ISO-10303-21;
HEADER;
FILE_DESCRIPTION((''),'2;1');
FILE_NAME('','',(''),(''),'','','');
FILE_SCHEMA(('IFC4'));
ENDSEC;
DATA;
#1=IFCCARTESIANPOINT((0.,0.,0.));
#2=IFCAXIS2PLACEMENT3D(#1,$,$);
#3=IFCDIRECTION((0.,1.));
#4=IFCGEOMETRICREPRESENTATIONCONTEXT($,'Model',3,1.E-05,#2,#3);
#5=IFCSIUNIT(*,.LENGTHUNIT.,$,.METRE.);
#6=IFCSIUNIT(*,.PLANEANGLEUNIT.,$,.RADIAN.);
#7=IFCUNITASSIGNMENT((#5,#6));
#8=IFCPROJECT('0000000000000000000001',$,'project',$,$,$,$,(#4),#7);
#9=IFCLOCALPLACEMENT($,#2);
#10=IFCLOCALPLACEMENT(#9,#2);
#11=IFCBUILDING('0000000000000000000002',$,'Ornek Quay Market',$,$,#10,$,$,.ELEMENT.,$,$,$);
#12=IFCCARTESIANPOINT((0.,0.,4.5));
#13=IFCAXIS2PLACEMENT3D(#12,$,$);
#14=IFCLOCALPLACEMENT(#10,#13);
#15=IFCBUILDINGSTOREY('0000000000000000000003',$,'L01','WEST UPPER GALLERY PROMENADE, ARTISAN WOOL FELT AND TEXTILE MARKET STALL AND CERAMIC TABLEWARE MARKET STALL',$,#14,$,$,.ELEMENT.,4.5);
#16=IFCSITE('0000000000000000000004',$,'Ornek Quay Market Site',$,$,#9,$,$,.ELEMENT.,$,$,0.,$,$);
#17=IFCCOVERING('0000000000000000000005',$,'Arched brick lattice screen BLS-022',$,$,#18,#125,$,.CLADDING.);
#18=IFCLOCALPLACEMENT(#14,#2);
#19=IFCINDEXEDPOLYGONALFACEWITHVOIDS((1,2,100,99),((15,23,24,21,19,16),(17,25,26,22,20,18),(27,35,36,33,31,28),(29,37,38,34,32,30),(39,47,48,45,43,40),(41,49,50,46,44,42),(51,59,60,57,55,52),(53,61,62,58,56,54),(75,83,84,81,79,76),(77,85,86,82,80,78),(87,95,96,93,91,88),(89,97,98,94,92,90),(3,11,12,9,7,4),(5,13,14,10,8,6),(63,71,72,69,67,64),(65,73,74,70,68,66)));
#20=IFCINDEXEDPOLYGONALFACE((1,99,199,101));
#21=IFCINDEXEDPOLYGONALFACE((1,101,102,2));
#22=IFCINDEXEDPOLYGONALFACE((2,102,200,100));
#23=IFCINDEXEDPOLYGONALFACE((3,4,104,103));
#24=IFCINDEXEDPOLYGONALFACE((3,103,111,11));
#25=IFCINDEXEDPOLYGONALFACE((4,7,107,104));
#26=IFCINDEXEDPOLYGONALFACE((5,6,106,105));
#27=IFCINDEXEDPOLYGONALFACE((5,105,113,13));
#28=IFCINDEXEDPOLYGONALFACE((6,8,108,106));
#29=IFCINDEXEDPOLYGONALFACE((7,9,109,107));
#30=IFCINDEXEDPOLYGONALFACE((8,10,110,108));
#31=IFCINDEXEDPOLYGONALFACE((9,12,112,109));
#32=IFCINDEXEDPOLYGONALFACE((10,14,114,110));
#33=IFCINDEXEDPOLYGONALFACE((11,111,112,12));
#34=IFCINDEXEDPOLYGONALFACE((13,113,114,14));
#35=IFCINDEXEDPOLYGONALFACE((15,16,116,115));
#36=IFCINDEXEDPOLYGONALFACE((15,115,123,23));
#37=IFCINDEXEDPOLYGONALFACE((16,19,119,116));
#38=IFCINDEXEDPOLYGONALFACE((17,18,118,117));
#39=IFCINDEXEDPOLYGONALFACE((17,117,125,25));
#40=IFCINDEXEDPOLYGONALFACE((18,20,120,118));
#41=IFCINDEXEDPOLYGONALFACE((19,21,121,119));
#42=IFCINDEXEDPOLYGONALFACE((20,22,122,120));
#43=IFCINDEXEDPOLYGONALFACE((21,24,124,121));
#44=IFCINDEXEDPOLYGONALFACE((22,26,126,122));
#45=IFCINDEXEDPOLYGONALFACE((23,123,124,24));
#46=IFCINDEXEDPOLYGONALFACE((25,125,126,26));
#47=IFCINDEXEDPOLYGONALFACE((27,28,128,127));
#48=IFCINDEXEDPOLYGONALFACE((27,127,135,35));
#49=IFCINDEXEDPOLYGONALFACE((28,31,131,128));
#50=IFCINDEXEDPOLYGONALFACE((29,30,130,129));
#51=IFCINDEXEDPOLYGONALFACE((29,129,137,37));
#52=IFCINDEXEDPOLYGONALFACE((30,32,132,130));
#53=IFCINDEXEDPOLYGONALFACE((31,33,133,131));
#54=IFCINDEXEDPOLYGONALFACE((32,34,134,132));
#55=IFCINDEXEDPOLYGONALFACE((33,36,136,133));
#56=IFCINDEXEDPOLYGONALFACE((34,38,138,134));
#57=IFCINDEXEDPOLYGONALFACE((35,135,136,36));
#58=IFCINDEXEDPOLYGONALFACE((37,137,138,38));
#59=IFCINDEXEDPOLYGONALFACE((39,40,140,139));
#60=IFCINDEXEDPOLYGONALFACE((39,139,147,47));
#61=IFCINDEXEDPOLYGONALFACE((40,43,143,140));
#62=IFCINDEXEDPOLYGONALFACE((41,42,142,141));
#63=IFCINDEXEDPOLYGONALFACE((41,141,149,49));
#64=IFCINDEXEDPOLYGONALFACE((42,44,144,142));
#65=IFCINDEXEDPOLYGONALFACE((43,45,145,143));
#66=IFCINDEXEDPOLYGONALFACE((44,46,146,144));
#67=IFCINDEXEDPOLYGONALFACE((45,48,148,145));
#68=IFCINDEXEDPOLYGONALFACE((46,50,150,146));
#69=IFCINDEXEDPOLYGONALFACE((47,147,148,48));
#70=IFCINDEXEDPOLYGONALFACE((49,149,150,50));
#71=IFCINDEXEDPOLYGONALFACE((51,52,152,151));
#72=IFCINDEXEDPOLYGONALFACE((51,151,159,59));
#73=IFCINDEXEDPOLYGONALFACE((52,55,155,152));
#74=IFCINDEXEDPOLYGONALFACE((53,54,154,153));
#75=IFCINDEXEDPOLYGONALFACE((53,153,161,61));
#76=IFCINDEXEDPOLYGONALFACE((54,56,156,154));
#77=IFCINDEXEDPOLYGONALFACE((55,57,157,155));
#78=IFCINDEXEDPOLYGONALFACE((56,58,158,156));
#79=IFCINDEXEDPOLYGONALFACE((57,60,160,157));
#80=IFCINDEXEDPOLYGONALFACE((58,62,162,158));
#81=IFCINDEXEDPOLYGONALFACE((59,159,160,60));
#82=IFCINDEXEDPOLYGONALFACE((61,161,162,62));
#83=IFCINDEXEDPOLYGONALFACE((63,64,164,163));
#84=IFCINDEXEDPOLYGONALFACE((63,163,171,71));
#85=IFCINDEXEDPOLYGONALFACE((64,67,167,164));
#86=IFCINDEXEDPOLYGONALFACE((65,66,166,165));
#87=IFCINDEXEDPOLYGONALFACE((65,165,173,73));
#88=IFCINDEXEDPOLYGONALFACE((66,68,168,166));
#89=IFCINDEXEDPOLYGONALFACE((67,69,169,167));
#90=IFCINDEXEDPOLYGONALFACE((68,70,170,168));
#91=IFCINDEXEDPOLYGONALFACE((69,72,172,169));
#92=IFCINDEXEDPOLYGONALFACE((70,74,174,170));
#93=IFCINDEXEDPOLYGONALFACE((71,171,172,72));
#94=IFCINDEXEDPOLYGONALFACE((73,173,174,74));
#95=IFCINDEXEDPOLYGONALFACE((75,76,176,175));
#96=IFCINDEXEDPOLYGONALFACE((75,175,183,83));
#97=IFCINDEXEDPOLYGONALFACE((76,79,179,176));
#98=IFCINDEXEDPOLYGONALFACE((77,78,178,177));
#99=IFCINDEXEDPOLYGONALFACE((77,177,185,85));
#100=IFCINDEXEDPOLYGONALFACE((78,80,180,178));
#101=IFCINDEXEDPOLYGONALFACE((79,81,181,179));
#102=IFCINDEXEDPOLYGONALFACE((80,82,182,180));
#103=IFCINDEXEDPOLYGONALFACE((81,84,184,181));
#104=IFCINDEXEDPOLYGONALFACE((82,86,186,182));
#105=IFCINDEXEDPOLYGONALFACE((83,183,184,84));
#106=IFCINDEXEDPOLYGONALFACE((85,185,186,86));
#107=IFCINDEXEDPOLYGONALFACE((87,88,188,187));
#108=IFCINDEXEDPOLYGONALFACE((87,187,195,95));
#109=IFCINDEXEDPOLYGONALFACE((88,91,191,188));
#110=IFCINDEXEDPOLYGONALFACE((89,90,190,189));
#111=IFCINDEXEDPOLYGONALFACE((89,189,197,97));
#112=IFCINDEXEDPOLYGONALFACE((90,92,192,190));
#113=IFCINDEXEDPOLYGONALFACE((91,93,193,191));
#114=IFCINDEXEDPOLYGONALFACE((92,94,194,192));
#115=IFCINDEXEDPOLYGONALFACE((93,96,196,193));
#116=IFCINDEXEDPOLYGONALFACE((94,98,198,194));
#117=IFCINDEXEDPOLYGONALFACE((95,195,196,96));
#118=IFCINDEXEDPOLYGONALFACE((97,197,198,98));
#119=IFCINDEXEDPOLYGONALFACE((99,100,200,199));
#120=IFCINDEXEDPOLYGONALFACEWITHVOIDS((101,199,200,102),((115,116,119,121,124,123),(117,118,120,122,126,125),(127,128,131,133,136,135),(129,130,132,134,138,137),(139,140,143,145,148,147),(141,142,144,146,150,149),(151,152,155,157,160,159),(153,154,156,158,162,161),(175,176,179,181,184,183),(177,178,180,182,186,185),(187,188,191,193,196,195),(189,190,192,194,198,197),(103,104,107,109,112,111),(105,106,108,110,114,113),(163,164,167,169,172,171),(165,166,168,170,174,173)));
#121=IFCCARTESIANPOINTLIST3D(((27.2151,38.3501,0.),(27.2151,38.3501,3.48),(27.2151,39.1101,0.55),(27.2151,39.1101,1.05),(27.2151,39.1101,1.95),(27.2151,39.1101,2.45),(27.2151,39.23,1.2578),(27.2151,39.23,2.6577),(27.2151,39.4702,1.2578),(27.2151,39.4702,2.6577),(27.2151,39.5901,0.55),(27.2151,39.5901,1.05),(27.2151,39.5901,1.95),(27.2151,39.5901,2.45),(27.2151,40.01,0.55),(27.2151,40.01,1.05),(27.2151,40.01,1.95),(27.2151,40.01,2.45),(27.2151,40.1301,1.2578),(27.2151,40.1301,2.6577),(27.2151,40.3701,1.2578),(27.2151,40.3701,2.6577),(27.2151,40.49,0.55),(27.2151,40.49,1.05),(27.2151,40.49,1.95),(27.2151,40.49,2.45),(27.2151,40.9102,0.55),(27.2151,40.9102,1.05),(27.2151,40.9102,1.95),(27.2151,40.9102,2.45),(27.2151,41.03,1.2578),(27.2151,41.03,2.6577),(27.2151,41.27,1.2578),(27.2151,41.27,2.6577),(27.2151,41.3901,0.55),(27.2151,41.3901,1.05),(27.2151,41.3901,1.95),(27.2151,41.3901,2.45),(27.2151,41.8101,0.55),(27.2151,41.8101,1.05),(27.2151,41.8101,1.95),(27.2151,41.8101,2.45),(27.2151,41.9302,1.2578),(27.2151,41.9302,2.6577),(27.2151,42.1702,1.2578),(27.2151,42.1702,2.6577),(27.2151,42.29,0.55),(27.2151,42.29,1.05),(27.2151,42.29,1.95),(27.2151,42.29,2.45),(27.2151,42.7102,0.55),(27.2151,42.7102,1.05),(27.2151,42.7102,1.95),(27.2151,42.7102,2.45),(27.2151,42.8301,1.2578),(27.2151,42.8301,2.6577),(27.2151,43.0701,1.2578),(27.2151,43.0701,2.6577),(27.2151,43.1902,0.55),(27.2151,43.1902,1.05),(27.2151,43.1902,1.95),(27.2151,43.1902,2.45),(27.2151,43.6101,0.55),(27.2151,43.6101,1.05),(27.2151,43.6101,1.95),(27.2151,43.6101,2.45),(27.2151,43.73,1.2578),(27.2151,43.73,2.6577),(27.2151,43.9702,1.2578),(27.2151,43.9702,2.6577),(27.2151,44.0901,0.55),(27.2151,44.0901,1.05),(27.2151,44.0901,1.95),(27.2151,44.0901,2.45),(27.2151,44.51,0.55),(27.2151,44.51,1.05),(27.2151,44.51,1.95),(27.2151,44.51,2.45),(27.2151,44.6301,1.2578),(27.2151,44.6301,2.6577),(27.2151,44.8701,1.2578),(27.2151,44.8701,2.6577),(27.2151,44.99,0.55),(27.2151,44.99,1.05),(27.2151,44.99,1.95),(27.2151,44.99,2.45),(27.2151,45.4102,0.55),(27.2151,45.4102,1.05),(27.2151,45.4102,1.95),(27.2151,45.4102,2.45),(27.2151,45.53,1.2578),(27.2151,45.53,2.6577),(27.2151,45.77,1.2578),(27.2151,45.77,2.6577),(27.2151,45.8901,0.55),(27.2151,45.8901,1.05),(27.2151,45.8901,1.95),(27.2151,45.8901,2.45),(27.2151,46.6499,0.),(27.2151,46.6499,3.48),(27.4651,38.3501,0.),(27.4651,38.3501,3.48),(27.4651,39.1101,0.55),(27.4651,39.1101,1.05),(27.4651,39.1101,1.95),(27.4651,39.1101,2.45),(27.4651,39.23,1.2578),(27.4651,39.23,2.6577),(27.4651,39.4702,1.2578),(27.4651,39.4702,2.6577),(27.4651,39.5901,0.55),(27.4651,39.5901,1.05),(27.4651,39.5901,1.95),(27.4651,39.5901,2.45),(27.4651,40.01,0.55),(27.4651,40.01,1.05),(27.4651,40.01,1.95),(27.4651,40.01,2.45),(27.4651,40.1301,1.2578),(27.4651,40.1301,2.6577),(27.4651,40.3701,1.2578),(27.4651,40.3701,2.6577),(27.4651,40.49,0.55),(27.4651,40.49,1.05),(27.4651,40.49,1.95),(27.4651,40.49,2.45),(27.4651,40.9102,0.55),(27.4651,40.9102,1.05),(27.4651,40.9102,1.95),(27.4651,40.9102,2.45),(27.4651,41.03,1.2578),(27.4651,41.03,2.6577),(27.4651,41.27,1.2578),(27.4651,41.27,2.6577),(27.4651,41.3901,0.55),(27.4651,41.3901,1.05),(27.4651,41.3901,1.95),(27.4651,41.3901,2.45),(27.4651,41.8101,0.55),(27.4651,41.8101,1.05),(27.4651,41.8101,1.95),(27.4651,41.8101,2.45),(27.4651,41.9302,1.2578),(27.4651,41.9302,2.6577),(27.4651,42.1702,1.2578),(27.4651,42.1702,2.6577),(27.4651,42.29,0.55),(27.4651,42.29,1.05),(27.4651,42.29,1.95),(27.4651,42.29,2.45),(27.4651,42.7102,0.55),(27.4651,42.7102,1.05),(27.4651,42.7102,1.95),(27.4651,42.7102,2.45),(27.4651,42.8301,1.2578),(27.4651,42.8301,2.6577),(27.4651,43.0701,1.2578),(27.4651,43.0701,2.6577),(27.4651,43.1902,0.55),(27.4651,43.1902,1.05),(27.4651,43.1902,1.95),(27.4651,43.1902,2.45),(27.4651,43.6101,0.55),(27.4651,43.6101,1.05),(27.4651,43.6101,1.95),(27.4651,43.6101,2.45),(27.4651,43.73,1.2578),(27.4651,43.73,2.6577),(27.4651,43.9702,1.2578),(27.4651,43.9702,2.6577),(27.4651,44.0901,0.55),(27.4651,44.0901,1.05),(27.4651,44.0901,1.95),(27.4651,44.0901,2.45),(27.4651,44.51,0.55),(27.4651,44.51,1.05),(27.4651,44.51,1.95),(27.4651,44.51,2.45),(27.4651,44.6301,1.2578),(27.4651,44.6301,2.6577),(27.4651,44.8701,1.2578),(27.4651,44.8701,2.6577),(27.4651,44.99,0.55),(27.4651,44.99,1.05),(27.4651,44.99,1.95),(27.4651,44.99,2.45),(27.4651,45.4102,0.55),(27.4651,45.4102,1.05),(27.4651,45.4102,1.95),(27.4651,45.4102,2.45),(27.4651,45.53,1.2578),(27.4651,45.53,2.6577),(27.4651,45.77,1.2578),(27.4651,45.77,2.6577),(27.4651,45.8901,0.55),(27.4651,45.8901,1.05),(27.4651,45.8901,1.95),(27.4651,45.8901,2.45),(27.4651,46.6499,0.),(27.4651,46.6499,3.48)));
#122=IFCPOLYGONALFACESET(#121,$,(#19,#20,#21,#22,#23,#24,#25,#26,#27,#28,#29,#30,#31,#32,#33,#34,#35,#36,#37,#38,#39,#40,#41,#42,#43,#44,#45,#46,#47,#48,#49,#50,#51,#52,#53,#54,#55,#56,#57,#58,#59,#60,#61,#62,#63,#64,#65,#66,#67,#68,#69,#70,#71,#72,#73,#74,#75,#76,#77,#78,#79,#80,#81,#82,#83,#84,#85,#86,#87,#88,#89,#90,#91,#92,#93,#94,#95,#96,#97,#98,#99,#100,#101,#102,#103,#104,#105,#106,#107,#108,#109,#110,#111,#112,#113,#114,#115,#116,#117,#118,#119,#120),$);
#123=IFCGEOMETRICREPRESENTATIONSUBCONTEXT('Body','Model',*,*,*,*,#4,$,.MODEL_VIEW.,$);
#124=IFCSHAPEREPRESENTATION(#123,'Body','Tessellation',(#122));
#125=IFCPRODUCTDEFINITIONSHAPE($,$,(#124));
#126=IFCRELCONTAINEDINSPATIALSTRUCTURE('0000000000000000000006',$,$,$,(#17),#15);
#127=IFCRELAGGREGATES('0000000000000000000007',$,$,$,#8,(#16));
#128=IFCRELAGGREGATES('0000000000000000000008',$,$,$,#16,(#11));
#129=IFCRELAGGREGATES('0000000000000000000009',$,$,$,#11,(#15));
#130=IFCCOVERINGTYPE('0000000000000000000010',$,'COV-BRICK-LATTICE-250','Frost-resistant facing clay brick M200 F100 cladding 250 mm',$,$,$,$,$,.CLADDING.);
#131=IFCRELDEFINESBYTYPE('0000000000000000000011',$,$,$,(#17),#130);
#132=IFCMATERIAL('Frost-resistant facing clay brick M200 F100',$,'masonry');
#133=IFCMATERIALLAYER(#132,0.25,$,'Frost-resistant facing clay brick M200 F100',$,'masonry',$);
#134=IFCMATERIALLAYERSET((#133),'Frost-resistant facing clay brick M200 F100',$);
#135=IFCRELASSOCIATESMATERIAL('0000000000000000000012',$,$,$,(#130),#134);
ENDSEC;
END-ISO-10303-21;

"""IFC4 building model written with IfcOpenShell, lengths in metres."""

from ifc_helpers import new_model, si_unit, direction, frame, origin, place, context, subcontext, project, spatial, polyline, outline, extrude, material, layer, layer_set, type_object, element, save


model = new_model("IFC4")

# Units and contexts
model_context = context("Model", 3, precision=1e-05, world=origin(), true_north=direction((0.0, 1.0)))
body_context = subcontext(model_context, "Body", "Model", "MODEL_VIEW")
ifc_project = project(units=[si_unit("LENGTHUNIT", "METRE"), si_unit("PLANEANGLEUNIT", "RADIAN")], contexts=[model_context])

# Site, building, storey
site_placement = place(None, origin())
site = spatial("IfcSite", under=ifc_project, at=site_placement, Name="Ornek Quay Market Site", CompositionType="ELEMENT", RefElevation=0.0)
building_placement = place(site_placement, origin())
building = spatial("IfcBuilding", under=site, at=building_placement, Name="Ornek Quay Market", CompositionType="ELEMENT")
storey_placement = place(building_placement, frame((0.0, 0.0, 4.5)))
storey = spatial("IfcBuildingStorey", under=building, at=storey_placement, Name="L01", Description="WEST UPPER GALLERY PROMENADE, ARTISAN WOOL FELT AND TEXTILE MARKET STALL AND CERAMIC TABLEWARE MARKET STALL", CompositionType="ELEMENT", Elevation=4.5)

# Shared definitions
ifc_material_1 = material(Name="Frost-resistant facing clay brick M200 F100", Category="masonry")

# Covering
ifc_layer_1 = layer(ifc_material_1, 0.25, Name="Frost-resistant facing clay brick M200 F100", Category="masonry")
ifc_layer_set_1 = layer_set([ifc_layer_1], Name="Frost-resistant facing clay brick M200 F100")
covering_type = type_object("IfcCoveringType", Name="COV-BRICK-LATTICE-250", Description="Frost-resistant facing clay brick M200 F100 cladding 250 mm", PredefinedType="CLADDING", material=ifc_layer_set_1)
covering_1_placement = place(storey_placement, frame((27.3401, 38.3501, 0.0), z_axis=(0.0, 0.0, 1.0), x_axis=(0.0, 1.0, 0.0)))
element("IfcCovering", 1, at=covering_1_placement, inside=storey, type_object=covering_type, Name="Arched brick lattice screen BLS-022", PredefinedType="CLADDING", context=body_context, shape_type="SweptSolid", body=[
    extrude(outline(polyline([(0.0, 0.0), (8.2998, 0.0), (8.2998, 3.48), (0.0, 3.48), (0.0, 0.0)]), holes=[polyline([(0.76, 0.55), (1.24, 0.55), (1.24, 1.05), (1.1201, 1.2578), (0.8799, 1.2578), (0.76, 1.05), (0.76, 0.55)]), polyline([(0.76, 1.95), (1.24, 1.95), (1.24, 2.45), (1.1201, 2.6577), (0.8799, 2.6577), (0.76, 2.45), (0.76, 1.95)]), polyline([(1.6599, 0.55), (2.1399, 0.55), (2.1399, 1.05), (2.02, 1.2578), (1.78, 1.2578), (1.6599, 1.05), (1.6599, 0.55)]), polyline([(1.6599, 1.95), (2.1399, 1.95), (2.1399, 2.45), (2.02, 2.6577), (1.78, 2.6577), (1.6599, 2.45), (1.6599, 1.95)]), polyline([(2.5601, 0.55), (3.04, 0.55), (3.04, 1.05), (2.9199, 1.2578), (2.6799, 1.2578), (2.5601, 1.05), (2.5601, 0.55)]), polyline([(2.5601, 1.95), (3.04, 1.95), (3.04, 2.45), (2.9199, 2.6577), (2.6799, 2.6577), (2.5601, 2.45), (2.5601, 1.95)]), polyline([(3.46, 0.55), (3.9399, 0.55), (3.9399, 1.05), (3.8201, 1.2578), (3.5801, 1.2578), (3.46, 1.05), (3.46, 0.55)]), polyline([(3.46, 1.95), (3.9399, 1.95), (3.9399, 2.45), (3.8201, 2.6577), (3.5801, 2.6577), (3.46, 2.45), (3.46, 1.95)]), polyline([(4.3601, 0.55), (4.8401, 0.55), (4.8401, 1.05), (4.72, 1.2578), (4.48, 1.2578), (4.3601, 1.05), (4.3601, 0.55)]), polyline([(4.3601, 1.95), (4.8401, 1.95), (4.8401, 2.45), (4.72, 2.6577), (4.48, 2.6577), (4.3601, 2.45), (4.3601, 1.95)]), polyline([(5.26, 0.55), (5.74, 0.55), (5.74, 1.05), (5.6201, 1.2578), (5.3799, 1.2578), (5.26, 1.05), (5.26, 0.55)]), polyline([(5.26, 1.95), (5.74, 1.95), (5.74, 2.45), (5.6201, 2.6577), (5.3799, 2.6577), (5.26, 2.45), (5.26, 1.95)]), polyline([(6.1599, 0.55), (6.6399, 0.55), (6.6399, 1.05), (6.52, 1.2578), (6.28, 1.2578), (6.1599, 1.05), (6.1599, 0.55)]), polyline([(6.1599, 1.95), (6.6399, 1.95), (6.6399, 2.45), (6.52, 2.6577), (6.28, 2.6577), (6.1599, 2.45), (6.1599, 1.95)]), polyline([(7.0601, 0.55), (7.54, 0.55), (7.54, 1.05), (7.4199, 1.2578), (7.1799, 1.2578), (7.0601, 1.05), (7.0601, 0.55)]), polyline([(7.0601, 1.95), (7.54, 1.95), (7.54, 2.45), (7.4199, 2.6577), (7.1799, 2.6577), (7.0601, 2.45), (7.0601, 1.95)])]), frame((0.0, 0.125, 0.0), z_axis=(0.0, -1.0, 0.0), x_axis=(1.0, 0.0, 0.0)), (0.0, 0.0, 1.0), 0.25),
])

save(model, "model.ifc")
